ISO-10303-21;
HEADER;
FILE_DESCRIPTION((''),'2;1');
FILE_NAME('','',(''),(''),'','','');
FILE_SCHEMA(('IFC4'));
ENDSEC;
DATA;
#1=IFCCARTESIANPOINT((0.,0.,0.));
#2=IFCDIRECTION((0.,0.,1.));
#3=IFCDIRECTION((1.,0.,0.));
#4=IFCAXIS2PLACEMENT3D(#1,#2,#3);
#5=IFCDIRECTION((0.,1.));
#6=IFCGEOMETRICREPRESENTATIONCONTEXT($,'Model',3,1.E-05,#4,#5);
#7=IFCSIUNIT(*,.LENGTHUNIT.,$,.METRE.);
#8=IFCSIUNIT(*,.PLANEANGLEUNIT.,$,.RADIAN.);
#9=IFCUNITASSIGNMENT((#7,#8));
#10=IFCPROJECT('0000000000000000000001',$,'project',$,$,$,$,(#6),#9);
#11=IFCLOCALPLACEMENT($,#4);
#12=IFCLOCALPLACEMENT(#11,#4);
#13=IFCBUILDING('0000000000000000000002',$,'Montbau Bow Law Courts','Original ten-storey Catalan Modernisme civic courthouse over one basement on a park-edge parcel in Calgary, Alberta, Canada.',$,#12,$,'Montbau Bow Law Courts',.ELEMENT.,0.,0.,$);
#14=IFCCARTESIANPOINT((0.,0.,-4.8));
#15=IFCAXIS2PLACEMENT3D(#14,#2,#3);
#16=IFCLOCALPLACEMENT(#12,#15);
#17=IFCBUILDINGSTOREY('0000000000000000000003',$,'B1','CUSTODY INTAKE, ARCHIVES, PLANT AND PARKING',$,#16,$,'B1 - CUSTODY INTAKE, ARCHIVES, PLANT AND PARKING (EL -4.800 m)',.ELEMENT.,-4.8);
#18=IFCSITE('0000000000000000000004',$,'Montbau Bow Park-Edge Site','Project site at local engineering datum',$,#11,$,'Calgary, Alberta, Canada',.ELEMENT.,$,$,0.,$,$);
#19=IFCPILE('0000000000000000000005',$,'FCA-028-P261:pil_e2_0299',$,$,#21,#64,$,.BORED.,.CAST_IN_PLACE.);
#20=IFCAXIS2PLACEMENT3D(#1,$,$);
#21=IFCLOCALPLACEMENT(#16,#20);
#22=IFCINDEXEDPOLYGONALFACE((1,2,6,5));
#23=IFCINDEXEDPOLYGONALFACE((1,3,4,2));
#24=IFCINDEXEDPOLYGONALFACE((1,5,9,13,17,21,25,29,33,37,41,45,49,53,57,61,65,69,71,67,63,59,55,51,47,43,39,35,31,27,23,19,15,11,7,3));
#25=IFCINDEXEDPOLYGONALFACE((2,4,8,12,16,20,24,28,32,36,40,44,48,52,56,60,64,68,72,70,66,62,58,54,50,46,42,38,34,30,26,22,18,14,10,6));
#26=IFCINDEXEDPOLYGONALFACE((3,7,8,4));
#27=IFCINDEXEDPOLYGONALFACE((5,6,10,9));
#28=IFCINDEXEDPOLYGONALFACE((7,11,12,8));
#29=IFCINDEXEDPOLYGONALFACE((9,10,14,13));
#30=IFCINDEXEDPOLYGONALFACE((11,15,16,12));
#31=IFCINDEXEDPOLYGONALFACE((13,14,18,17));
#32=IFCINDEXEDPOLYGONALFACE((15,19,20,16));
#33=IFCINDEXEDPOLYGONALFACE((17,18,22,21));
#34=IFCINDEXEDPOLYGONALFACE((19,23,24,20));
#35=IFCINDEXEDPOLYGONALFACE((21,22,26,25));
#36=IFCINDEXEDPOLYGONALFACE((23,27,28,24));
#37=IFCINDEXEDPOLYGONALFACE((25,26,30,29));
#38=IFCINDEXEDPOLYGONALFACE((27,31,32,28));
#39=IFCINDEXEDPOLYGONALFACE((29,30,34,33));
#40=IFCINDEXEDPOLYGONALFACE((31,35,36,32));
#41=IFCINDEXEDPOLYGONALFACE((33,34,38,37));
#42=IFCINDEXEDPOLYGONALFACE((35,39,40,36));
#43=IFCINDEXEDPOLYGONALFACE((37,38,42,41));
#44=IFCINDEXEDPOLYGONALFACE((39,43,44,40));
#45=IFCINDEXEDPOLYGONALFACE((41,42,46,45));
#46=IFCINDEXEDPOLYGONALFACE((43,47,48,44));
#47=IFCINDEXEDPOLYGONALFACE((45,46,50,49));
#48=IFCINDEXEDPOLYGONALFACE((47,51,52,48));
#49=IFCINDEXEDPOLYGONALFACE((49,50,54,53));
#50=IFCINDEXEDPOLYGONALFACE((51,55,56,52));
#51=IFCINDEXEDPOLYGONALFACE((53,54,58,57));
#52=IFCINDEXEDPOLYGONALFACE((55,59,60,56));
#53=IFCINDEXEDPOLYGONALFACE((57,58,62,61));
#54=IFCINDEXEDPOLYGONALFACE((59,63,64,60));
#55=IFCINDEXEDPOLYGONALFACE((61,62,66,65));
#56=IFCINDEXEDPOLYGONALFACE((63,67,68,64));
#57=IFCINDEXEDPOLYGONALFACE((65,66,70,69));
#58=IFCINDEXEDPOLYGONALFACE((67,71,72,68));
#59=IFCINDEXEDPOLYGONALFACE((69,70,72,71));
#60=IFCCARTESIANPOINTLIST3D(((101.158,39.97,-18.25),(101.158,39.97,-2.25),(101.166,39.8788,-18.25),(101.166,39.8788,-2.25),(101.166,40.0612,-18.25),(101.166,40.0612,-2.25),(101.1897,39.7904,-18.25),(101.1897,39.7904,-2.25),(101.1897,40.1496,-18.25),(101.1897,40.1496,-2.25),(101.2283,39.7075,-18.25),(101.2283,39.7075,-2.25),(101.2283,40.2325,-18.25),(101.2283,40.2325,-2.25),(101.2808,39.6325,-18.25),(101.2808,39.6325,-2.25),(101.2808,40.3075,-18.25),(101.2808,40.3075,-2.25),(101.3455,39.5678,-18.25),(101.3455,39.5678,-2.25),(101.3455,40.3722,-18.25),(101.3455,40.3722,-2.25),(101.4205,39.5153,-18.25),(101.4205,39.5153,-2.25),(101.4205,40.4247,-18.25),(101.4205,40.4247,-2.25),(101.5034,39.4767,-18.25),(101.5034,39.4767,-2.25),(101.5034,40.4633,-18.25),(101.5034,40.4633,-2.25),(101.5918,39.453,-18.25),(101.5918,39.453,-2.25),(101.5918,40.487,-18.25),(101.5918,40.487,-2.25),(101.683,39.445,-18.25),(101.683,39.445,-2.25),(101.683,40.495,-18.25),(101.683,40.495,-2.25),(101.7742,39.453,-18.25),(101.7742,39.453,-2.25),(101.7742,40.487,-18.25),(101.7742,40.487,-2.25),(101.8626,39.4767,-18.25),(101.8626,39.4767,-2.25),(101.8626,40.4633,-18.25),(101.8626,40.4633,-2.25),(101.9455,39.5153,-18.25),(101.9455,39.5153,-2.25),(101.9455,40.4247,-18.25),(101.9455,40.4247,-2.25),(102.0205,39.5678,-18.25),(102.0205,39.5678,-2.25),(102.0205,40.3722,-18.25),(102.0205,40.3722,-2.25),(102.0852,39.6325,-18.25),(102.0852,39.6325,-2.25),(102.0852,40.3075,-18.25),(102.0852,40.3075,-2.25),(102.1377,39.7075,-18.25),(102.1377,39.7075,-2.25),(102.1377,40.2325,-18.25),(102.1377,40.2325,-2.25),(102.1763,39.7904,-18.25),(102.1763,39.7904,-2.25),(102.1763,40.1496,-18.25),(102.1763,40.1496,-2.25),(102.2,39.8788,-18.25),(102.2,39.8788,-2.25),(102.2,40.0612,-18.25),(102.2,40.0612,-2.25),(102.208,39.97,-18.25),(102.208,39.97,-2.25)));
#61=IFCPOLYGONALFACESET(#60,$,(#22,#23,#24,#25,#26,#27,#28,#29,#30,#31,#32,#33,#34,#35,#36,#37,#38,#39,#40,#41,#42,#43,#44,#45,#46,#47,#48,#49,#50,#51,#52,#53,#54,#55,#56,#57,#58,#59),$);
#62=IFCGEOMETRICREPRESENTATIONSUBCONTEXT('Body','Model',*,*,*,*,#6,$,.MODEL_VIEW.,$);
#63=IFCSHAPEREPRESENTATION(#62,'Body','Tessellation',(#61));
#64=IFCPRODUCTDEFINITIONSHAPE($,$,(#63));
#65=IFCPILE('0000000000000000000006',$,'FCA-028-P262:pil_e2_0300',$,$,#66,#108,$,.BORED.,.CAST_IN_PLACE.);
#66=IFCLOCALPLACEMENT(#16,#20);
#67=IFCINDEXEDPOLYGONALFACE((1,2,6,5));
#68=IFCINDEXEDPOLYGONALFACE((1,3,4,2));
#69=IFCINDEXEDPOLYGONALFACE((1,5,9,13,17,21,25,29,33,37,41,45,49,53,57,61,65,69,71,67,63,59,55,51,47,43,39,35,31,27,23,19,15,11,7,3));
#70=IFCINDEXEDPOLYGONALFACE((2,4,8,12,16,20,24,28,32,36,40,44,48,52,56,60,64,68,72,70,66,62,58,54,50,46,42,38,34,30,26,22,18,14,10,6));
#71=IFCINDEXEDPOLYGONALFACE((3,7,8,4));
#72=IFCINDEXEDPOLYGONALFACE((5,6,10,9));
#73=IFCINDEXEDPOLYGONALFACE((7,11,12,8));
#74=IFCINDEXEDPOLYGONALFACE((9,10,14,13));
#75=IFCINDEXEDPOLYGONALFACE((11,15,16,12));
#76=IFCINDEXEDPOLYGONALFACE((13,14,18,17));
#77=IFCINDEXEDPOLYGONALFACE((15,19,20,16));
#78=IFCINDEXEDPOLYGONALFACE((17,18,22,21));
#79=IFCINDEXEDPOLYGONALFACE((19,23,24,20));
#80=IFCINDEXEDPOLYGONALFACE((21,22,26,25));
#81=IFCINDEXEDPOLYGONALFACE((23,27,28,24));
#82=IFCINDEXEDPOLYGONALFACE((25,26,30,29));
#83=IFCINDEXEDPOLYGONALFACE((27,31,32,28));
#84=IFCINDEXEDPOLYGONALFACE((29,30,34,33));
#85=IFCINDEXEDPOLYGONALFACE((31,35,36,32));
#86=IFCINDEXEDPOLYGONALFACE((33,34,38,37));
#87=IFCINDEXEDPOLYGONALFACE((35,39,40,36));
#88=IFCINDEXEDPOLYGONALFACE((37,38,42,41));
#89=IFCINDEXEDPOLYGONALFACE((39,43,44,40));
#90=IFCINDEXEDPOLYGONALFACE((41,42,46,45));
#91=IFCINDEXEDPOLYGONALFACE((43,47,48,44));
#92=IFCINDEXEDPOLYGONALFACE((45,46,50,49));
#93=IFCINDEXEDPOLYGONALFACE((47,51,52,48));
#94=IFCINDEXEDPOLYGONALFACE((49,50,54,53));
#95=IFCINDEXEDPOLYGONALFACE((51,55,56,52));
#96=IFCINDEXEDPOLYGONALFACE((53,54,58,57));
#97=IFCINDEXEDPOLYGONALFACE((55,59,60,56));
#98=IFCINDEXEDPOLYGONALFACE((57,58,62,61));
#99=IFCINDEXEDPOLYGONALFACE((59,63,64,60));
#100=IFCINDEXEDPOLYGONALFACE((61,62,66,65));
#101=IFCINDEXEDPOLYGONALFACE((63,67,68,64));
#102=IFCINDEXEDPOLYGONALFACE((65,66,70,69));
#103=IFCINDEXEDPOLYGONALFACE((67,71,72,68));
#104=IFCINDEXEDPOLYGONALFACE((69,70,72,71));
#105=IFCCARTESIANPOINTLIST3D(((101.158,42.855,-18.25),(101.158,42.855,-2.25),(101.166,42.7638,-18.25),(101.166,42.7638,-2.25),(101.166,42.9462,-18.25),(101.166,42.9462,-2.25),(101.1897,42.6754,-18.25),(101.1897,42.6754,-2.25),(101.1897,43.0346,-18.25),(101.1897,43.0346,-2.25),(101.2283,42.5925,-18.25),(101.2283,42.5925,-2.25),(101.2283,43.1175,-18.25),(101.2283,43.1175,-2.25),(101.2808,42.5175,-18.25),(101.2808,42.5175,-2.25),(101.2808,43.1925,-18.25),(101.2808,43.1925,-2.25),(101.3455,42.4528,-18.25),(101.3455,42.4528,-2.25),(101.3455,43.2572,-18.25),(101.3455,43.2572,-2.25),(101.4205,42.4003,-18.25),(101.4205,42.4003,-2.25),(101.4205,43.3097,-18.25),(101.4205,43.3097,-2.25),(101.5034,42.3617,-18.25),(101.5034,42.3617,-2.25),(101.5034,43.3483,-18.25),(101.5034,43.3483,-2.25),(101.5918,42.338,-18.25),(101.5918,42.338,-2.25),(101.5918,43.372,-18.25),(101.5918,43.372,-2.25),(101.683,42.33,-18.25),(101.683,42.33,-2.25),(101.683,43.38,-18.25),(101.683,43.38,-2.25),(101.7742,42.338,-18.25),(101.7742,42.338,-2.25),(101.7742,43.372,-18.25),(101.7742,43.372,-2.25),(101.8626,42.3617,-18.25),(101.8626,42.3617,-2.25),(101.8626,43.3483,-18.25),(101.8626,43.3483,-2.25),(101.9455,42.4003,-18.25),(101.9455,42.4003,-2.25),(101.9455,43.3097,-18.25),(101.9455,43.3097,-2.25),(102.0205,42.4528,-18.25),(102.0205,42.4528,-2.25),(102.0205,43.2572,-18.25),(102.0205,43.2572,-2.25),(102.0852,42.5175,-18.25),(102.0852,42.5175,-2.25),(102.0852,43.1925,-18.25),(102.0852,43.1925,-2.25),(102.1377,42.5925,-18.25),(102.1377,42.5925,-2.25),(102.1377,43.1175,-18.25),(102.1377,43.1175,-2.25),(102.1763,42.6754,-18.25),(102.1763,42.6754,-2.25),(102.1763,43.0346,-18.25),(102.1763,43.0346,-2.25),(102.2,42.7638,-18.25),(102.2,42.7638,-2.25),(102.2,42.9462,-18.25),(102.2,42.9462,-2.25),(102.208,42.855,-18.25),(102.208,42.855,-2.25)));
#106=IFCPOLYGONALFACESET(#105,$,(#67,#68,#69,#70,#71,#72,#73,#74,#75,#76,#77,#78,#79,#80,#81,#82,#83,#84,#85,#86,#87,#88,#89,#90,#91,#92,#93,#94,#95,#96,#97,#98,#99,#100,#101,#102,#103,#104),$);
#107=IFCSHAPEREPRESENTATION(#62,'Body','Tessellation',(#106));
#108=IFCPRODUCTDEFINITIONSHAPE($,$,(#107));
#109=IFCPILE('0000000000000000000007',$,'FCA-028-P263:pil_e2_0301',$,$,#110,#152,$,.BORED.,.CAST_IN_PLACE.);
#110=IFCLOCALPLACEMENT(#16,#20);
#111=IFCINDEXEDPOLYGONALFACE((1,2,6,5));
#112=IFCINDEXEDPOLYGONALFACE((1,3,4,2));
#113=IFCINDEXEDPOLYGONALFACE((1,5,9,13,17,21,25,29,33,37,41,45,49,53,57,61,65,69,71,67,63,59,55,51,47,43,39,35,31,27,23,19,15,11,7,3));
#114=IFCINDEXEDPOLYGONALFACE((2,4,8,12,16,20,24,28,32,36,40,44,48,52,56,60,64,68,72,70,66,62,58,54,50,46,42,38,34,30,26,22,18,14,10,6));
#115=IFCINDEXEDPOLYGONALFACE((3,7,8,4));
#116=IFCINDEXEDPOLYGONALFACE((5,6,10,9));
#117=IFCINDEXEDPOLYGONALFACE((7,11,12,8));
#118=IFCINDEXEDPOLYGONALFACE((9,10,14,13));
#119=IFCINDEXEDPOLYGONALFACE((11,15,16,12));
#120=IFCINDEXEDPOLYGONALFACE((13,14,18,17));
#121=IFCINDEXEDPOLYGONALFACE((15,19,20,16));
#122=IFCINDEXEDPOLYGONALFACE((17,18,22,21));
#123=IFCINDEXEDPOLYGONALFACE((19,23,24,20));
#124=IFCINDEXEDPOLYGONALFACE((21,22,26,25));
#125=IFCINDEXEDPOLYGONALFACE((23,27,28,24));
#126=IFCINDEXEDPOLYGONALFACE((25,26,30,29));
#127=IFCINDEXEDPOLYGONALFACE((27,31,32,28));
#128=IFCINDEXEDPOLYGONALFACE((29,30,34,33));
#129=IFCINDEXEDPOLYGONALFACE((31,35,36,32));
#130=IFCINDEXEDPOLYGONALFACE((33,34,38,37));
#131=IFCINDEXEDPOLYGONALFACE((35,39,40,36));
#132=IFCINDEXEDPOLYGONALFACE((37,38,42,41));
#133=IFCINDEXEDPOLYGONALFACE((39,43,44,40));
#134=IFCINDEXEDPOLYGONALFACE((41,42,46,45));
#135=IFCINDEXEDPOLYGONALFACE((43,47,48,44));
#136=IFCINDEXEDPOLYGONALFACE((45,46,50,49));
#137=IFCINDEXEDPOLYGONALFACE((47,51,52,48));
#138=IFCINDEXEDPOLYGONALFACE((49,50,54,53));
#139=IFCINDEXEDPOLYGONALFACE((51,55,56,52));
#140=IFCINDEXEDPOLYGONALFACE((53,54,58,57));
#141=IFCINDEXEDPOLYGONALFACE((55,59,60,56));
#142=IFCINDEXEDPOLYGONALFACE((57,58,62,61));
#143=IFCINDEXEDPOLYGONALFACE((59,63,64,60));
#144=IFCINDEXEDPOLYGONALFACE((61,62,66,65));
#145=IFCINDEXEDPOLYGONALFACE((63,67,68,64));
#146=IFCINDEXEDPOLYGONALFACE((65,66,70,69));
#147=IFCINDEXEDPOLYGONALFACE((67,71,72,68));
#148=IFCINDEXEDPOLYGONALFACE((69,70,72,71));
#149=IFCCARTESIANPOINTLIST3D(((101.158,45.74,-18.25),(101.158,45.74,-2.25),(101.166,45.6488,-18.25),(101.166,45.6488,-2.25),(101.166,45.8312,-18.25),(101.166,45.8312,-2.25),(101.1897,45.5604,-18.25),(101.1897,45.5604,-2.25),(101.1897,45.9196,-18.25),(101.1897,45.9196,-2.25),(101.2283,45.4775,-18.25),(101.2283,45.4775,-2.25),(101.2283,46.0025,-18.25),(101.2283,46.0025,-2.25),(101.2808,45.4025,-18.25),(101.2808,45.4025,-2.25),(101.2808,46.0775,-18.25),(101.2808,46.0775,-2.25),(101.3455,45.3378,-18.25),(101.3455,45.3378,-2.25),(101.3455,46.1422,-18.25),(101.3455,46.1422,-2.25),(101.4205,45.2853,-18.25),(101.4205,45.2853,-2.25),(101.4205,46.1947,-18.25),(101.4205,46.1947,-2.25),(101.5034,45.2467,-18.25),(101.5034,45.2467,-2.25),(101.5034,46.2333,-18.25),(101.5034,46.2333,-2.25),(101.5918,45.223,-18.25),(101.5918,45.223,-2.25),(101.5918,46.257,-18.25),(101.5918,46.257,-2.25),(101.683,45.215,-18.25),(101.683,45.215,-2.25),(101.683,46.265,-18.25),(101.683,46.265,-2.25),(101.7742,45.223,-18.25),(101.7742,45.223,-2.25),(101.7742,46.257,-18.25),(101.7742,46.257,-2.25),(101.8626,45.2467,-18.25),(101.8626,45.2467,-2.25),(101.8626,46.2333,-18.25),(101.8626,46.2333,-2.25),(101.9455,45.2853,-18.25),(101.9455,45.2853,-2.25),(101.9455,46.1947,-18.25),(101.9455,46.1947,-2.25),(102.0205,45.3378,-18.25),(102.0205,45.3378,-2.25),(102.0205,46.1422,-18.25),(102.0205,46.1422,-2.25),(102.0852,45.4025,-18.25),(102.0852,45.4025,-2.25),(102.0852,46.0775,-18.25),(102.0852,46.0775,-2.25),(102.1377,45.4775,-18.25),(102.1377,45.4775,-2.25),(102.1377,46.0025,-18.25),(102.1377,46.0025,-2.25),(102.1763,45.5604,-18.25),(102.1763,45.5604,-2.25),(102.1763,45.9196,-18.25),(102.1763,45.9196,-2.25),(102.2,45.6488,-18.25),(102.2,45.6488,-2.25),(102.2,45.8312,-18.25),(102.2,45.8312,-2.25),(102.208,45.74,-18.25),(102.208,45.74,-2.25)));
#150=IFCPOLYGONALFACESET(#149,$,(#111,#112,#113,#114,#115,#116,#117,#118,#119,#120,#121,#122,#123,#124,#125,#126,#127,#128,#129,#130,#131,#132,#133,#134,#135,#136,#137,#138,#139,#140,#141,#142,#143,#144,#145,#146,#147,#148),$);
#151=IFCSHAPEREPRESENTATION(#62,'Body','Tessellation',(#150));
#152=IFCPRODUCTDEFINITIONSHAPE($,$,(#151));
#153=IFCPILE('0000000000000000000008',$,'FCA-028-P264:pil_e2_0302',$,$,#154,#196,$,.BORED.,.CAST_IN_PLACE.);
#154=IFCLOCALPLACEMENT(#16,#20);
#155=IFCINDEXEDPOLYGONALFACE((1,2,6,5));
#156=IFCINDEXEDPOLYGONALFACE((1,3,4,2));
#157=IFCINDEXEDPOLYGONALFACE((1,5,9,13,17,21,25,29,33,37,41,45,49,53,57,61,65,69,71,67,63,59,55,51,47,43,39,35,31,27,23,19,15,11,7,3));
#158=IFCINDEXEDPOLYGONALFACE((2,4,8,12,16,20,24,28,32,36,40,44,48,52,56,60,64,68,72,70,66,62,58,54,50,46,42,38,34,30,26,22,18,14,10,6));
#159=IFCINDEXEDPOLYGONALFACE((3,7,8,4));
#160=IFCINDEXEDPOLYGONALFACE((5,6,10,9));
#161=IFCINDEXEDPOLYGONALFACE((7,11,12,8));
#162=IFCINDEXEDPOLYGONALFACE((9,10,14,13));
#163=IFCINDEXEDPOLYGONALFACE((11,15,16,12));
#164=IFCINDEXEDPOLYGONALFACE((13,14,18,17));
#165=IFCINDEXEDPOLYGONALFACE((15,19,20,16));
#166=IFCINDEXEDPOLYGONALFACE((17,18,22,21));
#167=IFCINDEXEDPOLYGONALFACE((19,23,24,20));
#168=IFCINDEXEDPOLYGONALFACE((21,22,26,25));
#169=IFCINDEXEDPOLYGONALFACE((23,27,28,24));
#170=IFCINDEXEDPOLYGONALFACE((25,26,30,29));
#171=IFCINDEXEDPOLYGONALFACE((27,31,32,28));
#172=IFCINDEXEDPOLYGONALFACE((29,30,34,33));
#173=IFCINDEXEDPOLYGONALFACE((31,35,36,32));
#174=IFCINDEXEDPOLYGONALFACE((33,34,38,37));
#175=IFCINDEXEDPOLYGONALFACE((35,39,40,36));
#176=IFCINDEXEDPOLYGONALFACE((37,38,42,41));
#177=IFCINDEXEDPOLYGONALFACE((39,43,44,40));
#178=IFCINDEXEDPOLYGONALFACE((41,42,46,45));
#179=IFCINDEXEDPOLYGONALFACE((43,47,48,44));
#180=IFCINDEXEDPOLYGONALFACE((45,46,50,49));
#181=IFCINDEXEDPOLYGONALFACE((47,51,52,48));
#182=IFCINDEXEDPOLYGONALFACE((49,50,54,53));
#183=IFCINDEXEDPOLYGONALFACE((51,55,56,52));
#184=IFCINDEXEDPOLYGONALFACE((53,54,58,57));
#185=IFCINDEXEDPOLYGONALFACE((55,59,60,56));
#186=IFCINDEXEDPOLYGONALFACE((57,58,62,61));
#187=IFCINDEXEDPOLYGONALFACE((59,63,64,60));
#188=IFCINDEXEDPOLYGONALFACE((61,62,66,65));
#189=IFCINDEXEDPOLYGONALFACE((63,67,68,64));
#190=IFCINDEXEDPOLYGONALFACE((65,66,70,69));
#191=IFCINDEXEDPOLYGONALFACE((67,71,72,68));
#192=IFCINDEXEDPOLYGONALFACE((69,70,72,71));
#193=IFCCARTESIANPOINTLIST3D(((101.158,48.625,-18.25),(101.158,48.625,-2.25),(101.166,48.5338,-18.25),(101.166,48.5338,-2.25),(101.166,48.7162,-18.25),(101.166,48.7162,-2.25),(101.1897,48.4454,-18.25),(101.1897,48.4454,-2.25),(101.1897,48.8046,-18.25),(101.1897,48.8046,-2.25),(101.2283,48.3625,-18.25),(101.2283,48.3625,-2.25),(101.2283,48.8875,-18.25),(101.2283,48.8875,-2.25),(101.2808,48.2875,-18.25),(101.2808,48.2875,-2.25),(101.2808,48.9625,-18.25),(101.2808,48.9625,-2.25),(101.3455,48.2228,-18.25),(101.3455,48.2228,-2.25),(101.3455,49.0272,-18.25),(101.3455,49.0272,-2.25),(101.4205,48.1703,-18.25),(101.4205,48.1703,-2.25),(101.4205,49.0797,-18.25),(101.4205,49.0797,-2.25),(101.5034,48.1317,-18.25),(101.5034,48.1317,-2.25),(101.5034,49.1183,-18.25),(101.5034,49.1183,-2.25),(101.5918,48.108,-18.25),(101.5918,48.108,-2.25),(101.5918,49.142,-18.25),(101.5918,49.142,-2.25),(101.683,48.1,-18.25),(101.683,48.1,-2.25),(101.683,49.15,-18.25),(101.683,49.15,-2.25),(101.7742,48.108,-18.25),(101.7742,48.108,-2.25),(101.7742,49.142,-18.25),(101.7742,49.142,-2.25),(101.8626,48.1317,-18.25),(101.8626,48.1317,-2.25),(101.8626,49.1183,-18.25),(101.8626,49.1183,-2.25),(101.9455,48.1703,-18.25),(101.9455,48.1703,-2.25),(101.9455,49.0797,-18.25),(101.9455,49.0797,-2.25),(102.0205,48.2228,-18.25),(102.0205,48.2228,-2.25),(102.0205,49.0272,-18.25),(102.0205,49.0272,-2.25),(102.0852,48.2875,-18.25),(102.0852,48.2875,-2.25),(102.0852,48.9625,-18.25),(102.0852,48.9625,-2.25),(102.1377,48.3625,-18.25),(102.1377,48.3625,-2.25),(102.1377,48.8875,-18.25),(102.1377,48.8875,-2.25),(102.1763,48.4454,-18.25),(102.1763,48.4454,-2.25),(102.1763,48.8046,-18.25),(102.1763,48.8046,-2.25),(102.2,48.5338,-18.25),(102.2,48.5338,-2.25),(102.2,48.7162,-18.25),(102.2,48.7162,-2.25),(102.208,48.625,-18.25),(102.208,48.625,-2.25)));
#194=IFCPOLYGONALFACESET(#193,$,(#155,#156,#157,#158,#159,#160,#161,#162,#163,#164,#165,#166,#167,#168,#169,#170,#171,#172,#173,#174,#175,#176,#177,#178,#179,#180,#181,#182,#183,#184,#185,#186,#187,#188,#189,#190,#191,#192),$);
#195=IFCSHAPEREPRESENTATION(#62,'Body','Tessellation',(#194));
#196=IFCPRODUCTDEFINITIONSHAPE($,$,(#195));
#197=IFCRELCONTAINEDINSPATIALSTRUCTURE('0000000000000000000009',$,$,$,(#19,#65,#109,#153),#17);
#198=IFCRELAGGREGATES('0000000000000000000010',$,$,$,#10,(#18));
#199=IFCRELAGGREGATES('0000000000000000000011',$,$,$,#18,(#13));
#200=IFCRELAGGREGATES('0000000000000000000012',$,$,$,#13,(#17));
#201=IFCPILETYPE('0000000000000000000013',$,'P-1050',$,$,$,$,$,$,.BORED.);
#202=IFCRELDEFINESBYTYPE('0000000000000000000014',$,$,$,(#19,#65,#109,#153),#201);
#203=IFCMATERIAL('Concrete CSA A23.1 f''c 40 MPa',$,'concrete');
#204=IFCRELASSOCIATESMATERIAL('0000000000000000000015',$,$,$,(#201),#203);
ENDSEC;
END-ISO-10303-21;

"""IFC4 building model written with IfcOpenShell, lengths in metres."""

from ifc_helpers import new_model, si_unit, direction, frame, origin_with_axes, origin_2d_with_axis, place, context, subcontext, project, spatial, circle, extrude, material, material_profile, profile_set, type_object, element, save


model = new_model("IFC4")

# Units and contexts
model_context = context("Model", 3, precision=1e-05, world=origin_with_axes(), true_north=direction((0.0, 1.0)))
body_context = subcontext(model_context, "Body", "Model", "MODEL_VIEW")
ifc_project = project(units=[si_unit("LENGTHUNIT", "METRE"), si_unit("PLANEANGLEUNIT", "RADIAN")], contexts=[model_context])

# Site, building, storey
site_placement = place(None, origin_with_axes())
site = spatial("IfcSite", under=ifc_project, at=site_placement, Name="Montbau Bow Park-Edge Site", Description="Project site at local engineering datum", LongName="Calgary, Alberta, Canada", CompositionType="ELEMENT", RefElevation=0.0)
building_placement = place(site_placement, origin_with_axes())
building = spatial("IfcBuilding", under=site, at=building_placement, Name="Montbau Bow Law Courts", Description="Original ten-storey Catalan Modernisme civic courthouse over one basement on a park-edge parcel in Calgary, Alberta, Canada.", LongName="Montbau Bow Law Courts", CompositionType="ELEMENT", ElevationOfRefHeight=0.0, ElevationOfTerrain=0.0)
storey_placement = place(building_placement, frame((0.0, 0.0, -4.8), z_axis=(0.0, 0.0, 1.0), x_axis=(1.0, 0.0, 0.0)))
storey = spatial("IfcBuildingStorey", under=building, at=storey_placement, Name="B1", Description="CUSTODY INTAKE, ARCHIVES, PLANT AND PARKING", LongName="B1 - CUSTODY INTAKE, ARCHIVES, PLANT AND PARKING (EL -4.800 m)", CompositionType="ELEMENT", Elevation=-4.8)

# Piles
ifc_material = material(Name="Concrete CSA A23.1 f'c 40 MPa", Category="concrete")
ifc_material_profile = material_profile(ifc_material, circle(Radius=0.525, at=origin_2d_with_axis()), Name="BP1050", Category="Main", Priority=0)
ifc_profile_set = profile_set([ifc_material_profile], Name="Concrete CSA A23.1 f'c 40 MPa")
pile_type = type_object("IfcPileType", Name="P-1050", PredefinedType="BORED", material=ifc_profile_set)
for number, where, z_axis, x_axis, name in (
    (1, (101.683, 39.97, -23.05), (0.0, 0.0, 1.0), (1.0, 0.0, 0.0), "FCA-028-P261:pil_e2_0299"),
    (2, (101.683, 42.855, -23.05), (0.0, 0.0, 1.0), (1.0, 0.0, 0.0), "FCA-028-P262:pil_e2_0300"),
    (3, (101.683, 45.74, -23.05), (0.0, 0.0, 1.0), (1.0, 0.0, 0.0), "FCA-028-P263:pil_e2_0301"),
    (4, (101.683, 48.625, -23.05), (0.0, 0.0, 1.0), (1.0, 0.0, 0.0), "FCA-028-P264:pil_e2_0302"),
):
    element("IfcPile", number, at=place(None, frame(where, z_axis=z_axis, x_axis=x_axis)), inside=storey, type_object=pile_type, Name=name, ConstructionType="CAST_IN_PLACE", PredefinedType="BORED", context=body_context, shape_type="SweptSolid", body=[
        extrude(circle(Radius=0.525, at=origin_2d_with_axis()), origin_with_axes(), (0.0, 0.0, 1.0), 16.0),
    ])

save(model, "model.ifc")
